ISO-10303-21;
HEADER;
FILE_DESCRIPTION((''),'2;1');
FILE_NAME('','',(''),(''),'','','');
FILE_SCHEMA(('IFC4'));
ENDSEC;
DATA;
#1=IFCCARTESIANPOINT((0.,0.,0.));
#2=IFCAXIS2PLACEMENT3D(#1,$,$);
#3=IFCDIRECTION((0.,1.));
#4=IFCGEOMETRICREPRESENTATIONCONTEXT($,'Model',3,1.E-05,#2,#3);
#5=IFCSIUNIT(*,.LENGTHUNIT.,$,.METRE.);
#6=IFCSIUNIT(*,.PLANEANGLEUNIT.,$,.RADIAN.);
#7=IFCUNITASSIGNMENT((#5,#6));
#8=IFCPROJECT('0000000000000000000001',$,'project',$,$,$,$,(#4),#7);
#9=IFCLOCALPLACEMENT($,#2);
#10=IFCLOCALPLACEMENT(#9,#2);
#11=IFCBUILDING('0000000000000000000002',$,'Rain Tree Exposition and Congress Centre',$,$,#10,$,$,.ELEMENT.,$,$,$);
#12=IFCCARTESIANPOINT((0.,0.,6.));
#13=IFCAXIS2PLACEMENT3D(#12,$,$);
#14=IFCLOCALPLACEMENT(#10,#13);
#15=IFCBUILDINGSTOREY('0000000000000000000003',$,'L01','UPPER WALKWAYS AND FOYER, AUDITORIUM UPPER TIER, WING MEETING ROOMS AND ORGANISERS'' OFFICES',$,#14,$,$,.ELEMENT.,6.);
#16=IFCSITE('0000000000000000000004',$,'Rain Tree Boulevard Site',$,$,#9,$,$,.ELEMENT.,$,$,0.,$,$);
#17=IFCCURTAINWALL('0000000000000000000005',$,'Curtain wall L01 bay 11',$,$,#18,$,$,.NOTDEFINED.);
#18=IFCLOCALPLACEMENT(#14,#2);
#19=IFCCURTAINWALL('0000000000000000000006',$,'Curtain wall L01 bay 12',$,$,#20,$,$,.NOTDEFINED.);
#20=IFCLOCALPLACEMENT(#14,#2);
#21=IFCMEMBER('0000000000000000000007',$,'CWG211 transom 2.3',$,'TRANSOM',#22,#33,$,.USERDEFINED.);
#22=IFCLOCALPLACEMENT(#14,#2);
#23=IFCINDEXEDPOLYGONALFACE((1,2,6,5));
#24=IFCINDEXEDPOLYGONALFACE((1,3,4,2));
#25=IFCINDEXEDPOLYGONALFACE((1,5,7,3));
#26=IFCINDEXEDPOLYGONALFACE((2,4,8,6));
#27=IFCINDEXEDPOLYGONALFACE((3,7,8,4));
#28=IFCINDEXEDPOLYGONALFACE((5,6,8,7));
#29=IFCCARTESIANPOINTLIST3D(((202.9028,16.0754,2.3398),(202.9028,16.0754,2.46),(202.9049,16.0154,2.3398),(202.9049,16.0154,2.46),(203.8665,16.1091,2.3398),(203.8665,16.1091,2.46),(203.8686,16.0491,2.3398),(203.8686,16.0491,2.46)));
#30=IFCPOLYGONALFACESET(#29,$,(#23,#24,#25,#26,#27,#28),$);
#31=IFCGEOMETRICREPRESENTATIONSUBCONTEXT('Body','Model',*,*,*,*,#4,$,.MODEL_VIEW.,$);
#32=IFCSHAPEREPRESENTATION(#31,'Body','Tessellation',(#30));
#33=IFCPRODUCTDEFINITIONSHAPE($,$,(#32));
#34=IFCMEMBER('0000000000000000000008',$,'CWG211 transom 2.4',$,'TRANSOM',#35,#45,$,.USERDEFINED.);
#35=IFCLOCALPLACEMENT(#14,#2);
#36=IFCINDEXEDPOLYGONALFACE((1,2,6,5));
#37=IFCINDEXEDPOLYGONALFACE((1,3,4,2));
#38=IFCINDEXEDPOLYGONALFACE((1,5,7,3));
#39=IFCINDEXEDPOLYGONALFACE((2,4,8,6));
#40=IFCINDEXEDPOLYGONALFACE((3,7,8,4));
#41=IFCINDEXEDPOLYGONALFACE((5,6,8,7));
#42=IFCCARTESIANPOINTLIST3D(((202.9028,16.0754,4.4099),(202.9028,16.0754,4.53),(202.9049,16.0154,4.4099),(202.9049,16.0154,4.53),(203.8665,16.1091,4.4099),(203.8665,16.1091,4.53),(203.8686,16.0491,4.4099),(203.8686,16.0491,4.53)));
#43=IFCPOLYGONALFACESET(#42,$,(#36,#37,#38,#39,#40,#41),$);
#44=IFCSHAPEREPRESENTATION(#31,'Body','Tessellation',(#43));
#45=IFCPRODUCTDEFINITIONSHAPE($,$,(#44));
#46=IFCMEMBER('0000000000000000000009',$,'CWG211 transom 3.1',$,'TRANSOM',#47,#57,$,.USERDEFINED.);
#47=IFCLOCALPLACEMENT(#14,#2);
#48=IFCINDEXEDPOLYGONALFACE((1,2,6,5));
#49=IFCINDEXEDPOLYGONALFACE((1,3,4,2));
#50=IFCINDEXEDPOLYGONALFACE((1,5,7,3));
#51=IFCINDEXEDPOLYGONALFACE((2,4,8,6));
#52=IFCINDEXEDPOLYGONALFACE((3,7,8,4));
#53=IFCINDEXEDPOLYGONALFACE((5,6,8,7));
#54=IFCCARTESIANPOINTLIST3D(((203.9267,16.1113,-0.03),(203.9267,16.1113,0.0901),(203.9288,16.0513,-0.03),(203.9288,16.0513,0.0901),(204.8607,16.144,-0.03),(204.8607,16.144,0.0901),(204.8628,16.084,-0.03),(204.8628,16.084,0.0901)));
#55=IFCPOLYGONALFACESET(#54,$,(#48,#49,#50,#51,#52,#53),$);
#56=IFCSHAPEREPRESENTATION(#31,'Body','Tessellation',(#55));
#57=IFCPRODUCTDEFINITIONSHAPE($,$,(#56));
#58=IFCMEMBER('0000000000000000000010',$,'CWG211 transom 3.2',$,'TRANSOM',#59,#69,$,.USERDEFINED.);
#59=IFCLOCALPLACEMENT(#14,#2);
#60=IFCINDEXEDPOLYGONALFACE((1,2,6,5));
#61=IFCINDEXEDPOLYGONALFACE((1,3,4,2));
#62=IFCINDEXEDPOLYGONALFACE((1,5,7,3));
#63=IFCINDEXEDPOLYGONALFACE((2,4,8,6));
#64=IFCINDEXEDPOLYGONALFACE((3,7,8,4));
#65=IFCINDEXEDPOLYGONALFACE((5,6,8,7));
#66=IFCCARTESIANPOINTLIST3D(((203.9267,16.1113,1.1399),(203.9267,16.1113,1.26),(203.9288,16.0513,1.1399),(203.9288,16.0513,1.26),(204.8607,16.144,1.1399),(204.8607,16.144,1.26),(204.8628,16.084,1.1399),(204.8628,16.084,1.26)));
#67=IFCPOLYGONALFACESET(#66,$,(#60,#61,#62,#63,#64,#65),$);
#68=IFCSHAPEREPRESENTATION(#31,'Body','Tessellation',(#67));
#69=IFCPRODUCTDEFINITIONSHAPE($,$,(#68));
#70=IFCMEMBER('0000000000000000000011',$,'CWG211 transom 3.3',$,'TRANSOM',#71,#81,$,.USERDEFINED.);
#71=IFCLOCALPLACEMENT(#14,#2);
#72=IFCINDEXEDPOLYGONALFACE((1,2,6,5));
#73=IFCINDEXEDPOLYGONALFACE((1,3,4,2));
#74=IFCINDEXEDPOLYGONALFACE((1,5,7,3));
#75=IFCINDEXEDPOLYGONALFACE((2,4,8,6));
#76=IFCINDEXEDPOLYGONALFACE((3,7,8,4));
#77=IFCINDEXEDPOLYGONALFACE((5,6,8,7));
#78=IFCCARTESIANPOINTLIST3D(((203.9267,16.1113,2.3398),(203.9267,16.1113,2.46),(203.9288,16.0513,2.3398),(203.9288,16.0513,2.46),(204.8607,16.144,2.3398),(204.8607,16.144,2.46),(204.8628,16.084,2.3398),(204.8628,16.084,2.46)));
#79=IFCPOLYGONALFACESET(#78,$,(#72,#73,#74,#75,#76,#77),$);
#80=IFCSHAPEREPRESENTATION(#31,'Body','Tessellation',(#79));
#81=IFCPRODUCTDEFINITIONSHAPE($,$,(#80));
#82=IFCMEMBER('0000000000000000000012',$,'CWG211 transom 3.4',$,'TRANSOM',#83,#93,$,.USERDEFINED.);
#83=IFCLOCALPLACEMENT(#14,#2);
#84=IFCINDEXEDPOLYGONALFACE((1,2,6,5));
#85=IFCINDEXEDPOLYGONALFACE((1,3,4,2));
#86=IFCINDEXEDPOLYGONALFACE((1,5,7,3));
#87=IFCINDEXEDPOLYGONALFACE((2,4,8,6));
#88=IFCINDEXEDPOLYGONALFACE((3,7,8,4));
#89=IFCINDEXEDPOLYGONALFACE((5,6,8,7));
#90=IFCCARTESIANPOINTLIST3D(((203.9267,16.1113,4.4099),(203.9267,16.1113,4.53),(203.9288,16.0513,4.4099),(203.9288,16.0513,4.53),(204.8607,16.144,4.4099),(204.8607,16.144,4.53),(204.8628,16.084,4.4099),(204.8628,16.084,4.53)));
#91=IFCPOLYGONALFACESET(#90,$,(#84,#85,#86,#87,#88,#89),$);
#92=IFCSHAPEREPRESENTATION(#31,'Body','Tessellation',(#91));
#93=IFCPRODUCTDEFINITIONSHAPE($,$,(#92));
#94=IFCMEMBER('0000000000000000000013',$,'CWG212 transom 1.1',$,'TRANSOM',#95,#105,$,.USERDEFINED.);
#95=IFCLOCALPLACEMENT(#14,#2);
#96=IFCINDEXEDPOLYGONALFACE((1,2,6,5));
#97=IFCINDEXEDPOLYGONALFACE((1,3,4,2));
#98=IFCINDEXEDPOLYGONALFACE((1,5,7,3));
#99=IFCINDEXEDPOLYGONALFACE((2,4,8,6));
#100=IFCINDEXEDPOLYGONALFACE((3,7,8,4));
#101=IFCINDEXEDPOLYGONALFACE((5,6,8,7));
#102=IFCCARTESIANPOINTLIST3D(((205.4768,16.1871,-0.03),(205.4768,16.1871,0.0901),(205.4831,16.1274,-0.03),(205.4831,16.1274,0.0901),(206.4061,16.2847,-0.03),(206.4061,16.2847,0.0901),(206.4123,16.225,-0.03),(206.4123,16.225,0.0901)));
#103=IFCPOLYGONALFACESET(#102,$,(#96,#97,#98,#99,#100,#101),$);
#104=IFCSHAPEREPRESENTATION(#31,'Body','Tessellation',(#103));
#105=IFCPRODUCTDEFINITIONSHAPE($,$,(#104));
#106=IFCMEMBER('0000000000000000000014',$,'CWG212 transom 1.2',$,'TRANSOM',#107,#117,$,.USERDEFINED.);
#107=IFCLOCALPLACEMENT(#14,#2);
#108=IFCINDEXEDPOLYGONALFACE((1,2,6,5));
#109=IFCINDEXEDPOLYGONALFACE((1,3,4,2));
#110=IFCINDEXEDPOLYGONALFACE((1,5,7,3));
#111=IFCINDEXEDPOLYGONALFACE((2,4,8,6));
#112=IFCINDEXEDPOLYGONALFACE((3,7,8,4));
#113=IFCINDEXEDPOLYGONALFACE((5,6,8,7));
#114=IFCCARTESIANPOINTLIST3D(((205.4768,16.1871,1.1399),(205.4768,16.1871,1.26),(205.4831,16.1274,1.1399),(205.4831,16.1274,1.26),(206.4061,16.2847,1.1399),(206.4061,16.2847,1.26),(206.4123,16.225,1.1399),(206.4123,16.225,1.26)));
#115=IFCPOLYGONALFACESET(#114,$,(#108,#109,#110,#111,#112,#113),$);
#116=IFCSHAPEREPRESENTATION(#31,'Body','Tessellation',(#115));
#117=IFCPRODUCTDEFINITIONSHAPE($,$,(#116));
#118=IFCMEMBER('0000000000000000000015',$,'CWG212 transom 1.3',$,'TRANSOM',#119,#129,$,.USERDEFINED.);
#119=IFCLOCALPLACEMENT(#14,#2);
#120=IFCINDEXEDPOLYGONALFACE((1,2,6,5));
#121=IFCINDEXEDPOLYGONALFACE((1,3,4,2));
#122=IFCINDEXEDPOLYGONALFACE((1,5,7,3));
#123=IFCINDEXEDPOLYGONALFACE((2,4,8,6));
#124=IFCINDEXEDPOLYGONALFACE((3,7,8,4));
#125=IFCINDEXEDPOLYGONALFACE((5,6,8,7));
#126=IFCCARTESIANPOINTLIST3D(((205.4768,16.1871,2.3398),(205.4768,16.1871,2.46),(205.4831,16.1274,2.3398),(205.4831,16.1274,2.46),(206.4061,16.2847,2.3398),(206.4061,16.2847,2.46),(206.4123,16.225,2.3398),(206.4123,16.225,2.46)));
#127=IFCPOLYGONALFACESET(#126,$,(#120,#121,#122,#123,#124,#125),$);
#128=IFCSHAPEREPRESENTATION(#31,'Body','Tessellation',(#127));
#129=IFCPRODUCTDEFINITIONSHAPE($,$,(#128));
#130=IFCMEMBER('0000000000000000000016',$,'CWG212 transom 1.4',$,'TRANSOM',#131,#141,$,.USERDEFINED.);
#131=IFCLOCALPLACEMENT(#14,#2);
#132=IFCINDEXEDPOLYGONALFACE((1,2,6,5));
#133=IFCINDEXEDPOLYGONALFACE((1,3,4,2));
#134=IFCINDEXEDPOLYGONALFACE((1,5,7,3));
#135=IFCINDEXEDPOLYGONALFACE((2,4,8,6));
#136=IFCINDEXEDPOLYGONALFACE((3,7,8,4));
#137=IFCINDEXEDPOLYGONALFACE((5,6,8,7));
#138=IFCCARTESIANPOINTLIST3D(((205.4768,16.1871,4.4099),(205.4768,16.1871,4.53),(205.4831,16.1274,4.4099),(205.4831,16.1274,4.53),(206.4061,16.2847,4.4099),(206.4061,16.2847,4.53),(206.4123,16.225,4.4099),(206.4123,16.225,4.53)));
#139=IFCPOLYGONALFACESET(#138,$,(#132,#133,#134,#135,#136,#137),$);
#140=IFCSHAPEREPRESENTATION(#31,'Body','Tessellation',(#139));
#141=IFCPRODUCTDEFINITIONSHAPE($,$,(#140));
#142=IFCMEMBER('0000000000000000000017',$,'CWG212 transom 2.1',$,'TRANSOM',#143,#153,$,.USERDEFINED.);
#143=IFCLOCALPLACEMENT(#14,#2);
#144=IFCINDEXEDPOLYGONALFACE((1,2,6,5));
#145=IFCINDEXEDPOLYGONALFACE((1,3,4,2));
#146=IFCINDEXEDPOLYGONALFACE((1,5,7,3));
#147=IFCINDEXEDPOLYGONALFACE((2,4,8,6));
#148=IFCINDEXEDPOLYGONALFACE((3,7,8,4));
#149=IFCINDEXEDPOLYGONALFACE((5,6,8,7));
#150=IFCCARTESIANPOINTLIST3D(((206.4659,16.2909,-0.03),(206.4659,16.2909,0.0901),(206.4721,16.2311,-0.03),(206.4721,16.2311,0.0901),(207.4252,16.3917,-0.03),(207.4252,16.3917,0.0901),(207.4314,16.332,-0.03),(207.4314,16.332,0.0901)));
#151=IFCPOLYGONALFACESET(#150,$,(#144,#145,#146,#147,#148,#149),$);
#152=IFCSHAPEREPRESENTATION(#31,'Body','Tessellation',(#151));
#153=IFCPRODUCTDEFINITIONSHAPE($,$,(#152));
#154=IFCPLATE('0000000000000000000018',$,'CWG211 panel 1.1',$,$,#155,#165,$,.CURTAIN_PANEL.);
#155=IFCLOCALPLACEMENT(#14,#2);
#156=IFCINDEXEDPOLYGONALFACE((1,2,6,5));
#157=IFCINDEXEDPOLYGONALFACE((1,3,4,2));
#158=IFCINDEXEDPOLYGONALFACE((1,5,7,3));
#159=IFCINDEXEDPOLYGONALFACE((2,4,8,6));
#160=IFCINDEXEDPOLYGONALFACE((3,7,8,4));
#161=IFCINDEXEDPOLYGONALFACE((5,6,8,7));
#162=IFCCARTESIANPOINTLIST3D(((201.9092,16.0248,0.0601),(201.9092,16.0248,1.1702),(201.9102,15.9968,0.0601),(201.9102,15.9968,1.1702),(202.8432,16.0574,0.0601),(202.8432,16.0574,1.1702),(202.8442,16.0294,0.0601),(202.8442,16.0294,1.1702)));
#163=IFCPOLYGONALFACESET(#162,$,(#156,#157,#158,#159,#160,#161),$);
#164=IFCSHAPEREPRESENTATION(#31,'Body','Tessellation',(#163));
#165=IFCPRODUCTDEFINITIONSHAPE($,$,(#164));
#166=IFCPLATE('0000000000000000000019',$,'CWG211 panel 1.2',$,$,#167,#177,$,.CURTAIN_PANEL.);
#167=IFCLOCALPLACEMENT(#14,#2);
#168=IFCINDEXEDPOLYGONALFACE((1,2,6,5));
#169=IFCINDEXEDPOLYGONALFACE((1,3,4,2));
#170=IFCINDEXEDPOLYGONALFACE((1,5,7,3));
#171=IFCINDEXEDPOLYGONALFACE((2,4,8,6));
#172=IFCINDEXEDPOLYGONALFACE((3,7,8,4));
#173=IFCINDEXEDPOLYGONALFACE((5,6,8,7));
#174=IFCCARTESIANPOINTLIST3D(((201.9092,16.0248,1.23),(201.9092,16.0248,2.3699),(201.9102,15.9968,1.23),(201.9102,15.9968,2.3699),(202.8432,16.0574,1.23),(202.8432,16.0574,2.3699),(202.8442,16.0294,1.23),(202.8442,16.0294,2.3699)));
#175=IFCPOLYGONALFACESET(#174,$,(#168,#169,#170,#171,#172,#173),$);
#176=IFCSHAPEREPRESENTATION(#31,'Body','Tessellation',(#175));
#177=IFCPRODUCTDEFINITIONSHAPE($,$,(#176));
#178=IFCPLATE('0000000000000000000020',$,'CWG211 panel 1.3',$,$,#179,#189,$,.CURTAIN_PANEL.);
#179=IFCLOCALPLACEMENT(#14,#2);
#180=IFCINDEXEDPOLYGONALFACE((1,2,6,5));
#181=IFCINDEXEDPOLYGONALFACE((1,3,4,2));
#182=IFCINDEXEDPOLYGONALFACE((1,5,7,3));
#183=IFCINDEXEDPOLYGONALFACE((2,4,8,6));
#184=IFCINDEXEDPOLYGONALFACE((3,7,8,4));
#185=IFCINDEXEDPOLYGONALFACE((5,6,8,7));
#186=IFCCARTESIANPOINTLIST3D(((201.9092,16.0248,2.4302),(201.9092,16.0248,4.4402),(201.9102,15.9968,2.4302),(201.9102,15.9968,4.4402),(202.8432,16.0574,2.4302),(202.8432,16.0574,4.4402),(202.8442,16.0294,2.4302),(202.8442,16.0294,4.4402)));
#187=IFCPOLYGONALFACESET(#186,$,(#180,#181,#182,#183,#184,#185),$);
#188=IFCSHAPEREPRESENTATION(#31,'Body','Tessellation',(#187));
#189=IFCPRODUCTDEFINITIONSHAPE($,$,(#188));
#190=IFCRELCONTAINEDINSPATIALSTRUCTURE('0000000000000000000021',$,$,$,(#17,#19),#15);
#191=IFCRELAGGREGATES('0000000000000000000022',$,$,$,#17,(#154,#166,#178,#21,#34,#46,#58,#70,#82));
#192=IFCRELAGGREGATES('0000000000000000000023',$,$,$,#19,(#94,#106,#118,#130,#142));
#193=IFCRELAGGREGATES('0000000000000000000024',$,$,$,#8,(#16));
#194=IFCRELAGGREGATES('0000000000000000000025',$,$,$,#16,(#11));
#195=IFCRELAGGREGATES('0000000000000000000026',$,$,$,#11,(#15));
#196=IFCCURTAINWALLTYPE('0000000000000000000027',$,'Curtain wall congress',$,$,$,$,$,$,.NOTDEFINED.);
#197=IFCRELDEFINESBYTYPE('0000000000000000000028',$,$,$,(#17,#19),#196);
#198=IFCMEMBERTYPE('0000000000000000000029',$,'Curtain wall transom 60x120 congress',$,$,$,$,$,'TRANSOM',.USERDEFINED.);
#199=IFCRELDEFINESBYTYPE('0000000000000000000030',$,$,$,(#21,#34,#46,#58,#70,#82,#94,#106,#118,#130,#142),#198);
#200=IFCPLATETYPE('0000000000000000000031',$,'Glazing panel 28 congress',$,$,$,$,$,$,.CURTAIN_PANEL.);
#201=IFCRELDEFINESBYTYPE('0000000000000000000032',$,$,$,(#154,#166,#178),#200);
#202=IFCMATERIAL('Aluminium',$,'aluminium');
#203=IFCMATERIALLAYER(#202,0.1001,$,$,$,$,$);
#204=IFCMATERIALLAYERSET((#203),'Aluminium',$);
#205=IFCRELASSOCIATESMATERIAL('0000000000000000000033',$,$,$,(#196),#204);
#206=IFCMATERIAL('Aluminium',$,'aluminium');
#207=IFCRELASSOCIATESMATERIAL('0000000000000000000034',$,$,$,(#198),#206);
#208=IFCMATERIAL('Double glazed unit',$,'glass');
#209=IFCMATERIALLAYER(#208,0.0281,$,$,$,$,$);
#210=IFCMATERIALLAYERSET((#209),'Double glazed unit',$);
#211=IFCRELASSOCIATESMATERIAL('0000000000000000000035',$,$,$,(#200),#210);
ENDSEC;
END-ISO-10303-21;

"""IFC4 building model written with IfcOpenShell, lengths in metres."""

from ifc_helpers import new_model, si_unit, direction, frame, origin, origin_2d, place, context, subcontext, project, spatial, rectangle, extrude, material, layer, layer_set, material_profile, profile_set, type_object, element, aggregate, save


model = new_model("IFC4")

# Units and contexts
model_context = context("Model", 3, precision=1e-05, world=origin(), true_north=direction((0.0, 1.0)))
body_context = subcontext(model_context, "Body", "Model", "MODEL_VIEW")
ifc_project = project(units=[si_unit("LENGTHUNIT", "METRE"), si_unit("PLANEANGLEUNIT", "RADIAN")], contexts=[model_context])

# Site, building, storey
site_placement = place(None, origin())
site = spatial("IfcSite", under=ifc_project, at=site_placement, Name="Rain Tree Boulevard Site", CompositionType="ELEMENT", RefElevation=0.0)
building_placement = place(site_placement, origin())
building = spatial("IfcBuilding", under=site, at=building_placement, Name="Rain Tree Exposition and Congress Centre", CompositionType="ELEMENT")
storey_placement = place(building_placement, frame((0.0, 0.0, 6.0)))
storey = spatial("IfcBuildingStorey", under=building, at=storey_placement, Name="L01", Description="UPPER WALKWAYS AND FOYER, AUDITORIUM UPPER TIER, WING MEETING ROOMS AND ORGANISERS' OFFICES", CompositionType="ELEMENT", Elevation=6.0)

# Curtain walls
ifc_material_1 = material(Name="Aluminium", Category="aluminium")
ifc_layer_1 = layer(ifc_material_1, 0.1001)
ifc_layer_set_1 = layer_set([ifc_layer_1], Name="Aluminium")
curtain_wall_type = type_object("IfcCurtainWallType", Name="Curtain wall congress", PredefinedType="NOTDEFINED", material=ifc_layer_set_1)
curtain_wall_1_placement = place(storey_placement, origin())
curtain_wall_1 = element("IfcCurtainWall", 1, at=curtain_wall_1_placement, inside=storey, type_object=curtain_wall_type, Name="Curtain wall L01 bay 11", PredefinedType="NOTDEFINED")
curtain_wall_2_placement = place(storey_placement, origin())
curtain_wall_2 = element("IfcCurtainWall", 2, at=curtain_wall_2_placement, inside=storey, type_object=curtain_wall_type, Name="Curtain wall L01 bay 12", PredefinedType="NOTDEFINED")

# Members
ifc_material_2 = material(Name="Aluminium", Category="aluminium")
ifc_material_profile_1 = material_profile(ifc_material_2, rectangle(XDim=0.0601, YDim=0.1201, at=origin_2d()), Name="AL 60x120")
ifc_profile_set_1 = profile_set([ifc_material_profile_1], Name="Aluminium")
member_type_1 = type_object("IfcMemberType", Name="Curtain wall transom 60x120 congress", ElementType="TRANSOM", PredefinedType="USERDEFINED", material=ifc_profile_set_1)
member_1_placement = place(storey_placement, frame((202.9038, 16.0454, 2.3999), z_axis=(0.99939, 0.034933, 0.0), x_axis=(-0.034933, 0.99939, 0.0)))
member_1 = element("IfcMember", 3, at=member_1_placement, type_object=member_type_1, Name="CWG211 transom 2.3", ObjectType="TRANSOM", PredefinedType="USERDEFINED", context=body_context, shape_type="SweptSolid", body=[
    extrude(rectangle(XDim=0.0601, YDim=0.1201, at=origin_2d()), origin(), (0.0, 0.0, 1.0), 0.9644),
])
member_2_placement = place(storey_placement, frame((202.9038, 16.0454, 4.47), z_axis=(0.99939, 0.034933, 0.0), x_axis=(-0.034933, 0.99939, 0.0)))
member_2 = element("IfcMember", 4, at=member_2_placement, type_object=member_type_1, Name="CWG211 transom 2.4", ObjectType="TRANSOM", PredefinedType="USERDEFINED", context=body_context, shape_type="SweptSolid", body=[
    extrude(rectangle(XDim=0.0601, YDim=0.1201, at=origin_2d()), origin(), (0.0, 0.0, 1.0), 0.9644),
])
member_3_placement = place(storey_placement, frame((203.9277, 16.0813, 0.03), z_axis=(0.999387, 0.035002, 0.0), x_axis=(-0.035002, 0.999387, 0.0)))
member_3 = element("IfcMember", 5, at=member_3_placement, type_object=member_type_1, Name="CWG211 transom 3.1", ObjectType="TRANSOM", PredefinedType="USERDEFINED", context=body_context, shape_type="SweptSolid", body=[
    extrude(rectangle(XDim=0.0601, YDim=0.1201, at=origin_2d()), origin(), (0.0, 0.0, 1.0), 0.9346),
])
member_4_placement = place(storey_placement, frame((203.9277, 16.0813, 1.2), z_axis=(0.999387, 0.035002, 0.0), x_axis=(-0.035002, 0.999387, 0.0)))
member_4 = element("IfcMember", 6, at=member_4_placement, type_object=member_type_1, Name="CWG211 transom 3.2", ObjectType="TRANSOM", PredefinedType="USERDEFINED", context=body_context, shape_type="SweptSolid", body=[
    extrude(rectangle(XDim=0.0601, YDim=0.1201, at=origin_2d()), origin(), (0.0, 0.0, 1.0), 0.9346),
])
member_5_placement = place(storey_placement, frame((203.9277, 16.0813, 2.3999), z_axis=(0.999387, 0.035002, 0.0), x_axis=(-0.035002, 0.999387, 0.0)))
member_5 = element("IfcMember", 7, at=member_5_placement, type_object=member_type_1, Name="CWG211 transom 3.3", ObjectType="TRANSOM", PredefinedType="USERDEFINED", context=body_context, shape_type="SweptSolid", body=[
    extrude(rectangle(XDim=0.0601, YDim=0.1201, at=origin_2d()), origin(), (0.0, 0.0, 1.0), 0.9346),
])
member_6_placement = place(storey_placement, frame((203.9277, 16.0813, 4.47), z_axis=(0.999387, 0.035002, 0.0), x_axis=(-0.035002, 0.999387, 0.0)))
member_6 = element("IfcMember", 8, at=member_6_placement, type_object=member_type_1, Name="CWG211 transom 3.4", ObjectType="TRANSOM", PredefinedType="USERDEFINED", context=body_context, shape_type="SweptSolid", body=[
    extrude(rectangle(XDim=0.0601, YDim=0.1201, at=origin_2d()), origin(), (0.0, 0.0, 1.0), 0.9346),
])
member_7_placement = place(storey_placement, frame((205.48, 16.1572, 0.03), z_axis=(0.994523, 0.104522, 0.0), x_axis=(-0.104522, 0.994523, 0.0)))
member_7 = element("IfcMember", 9, at=member_7_placement, type_object=member_type_1, Name="CWG212 transom 1.1", ObjectType="TRANSOM", PredefinedType="USERDEFINED", context=body_context, shape_type="SweptSolid", body=[
    extrude(rectangle(XDim=0.0601, YDim=0.1201, at=origin_2d()), origin(), (0.0, 0.0, 1.0), 0.9343),
])
member_8_placement = place(storey_placement, frame((205.48, 16.1572, 1.2), z_axis=(0.994523, 0.104522, 0.0), x_axis=(-0.104522, 0.994523, 0.0)))
member_8 = element("IfcMember", 10, at=member_8_placement, type_object=member_type_1, Name="CWG212 transom 1.2", ObjectType="TRANSOM", PredefinedType="USERDEFINED", context=body_context, shape_type="SweptSolid", body=[
    extrude(rectangle(XDim=0.0601, YDim=0.1201, at=origin_2d()), origin(), (0.0, 0.0, 1.0), 0.9343),
])
member_9_placement = place(storey_placement, frame((205.48, 16.1572, 2.3999), z_axis=(0.994523, 0.104522, 0.0), x_axis=(-0.104522, 0.994523, 0.0)))
member_9 = element("IfcMember", 11, at=member_9_placement, type_object=member_type_1, Name="CWG212 transom 1.3", ObjectType="TRANSOM", PredefinedType="USERDEFINED", context=body_context, shape_type="SweptSolid", body=[
    extrude(rectangle(XDim=0.0601, YDim=0.1201, at=origin_2d()), origin(), (0.0, 0.0, 1.0), 0.9343),
])
member_10_placement = place(storey_placement, frame((205.48, 16.1572, 4.47), z_axis=(0.994523, 0.104522, 0.0), x_axis=(-0.104522, 0.994523, 0.0)))
member_10 = element("IfcMember", 12, at=member_10_placement, type_object=member_type_1, Name="CWG212 transom 1.4", ObjectType="TRANSOM", PredefinedType="USERDEFINED", context=body_context, shape_type="SweptSolid", body=[
    extrude(rectangle(XDim=0.0601, YDim=0.1201, at=origin_2d()), origin(), (0.0, 0.0, 1.0), 0.9343),
])
member_11_placement = place(storey_placement, frame((206.469, 16.261, 0.03), z_axis=(0.994521, 0.10454, 0.0), x_axis=(-0.10454, 0.994521, 0.0)))
member_11 = element("IfcMember", 13, at=member_11_placement, type_object=member_type_1, Name="CWG212 transom 2.1", ObjectType="TRANSOM", PredefinedType="USERDEFINED", context=body_context, shape_type="SweptSolid", body=[
    extrude(rectangle(XDim=0.0601, YDim=0.1201, at=origin_2d()), origin(), (0.0, 0.0, 1.0), 0.9646),
])

# Plates
ifc_material_3 = material(Name="Double glazed unit", Category="glass")
ifc_layer_2 = layer(ifc_material_3, 0.0281)
ifc_layer_set_2 = layer_set([ifc_layer_2], Name="Double glazed unit")
plate_type = type_object("IfcPlateType", Name="Glazing panel 28 congress", PredefinedType="CURTAIN_PANEL", material=ifc_layer_set_2)
plate_1_placement = place(storey_placement, frame((202.3767, 16.0271, 0.0601), z_axis=(0.0, 0.0, 1.0), x_axis=(0.999391, 0.034908, 0.0)))
plate_1 = element("IfcPlate", 14, at=plate_1_placement, type_object=plate_type, Name="CWG211 panel 1.1", PredefinedType="CURTAIN_PANEL", context=body_context, shape_type="SweptSolid", body=[
    extrude(rectangle(XDim=0.9346, YDim=0.0281, at=origin_2d()), origin(), (0.0, 0.0, 1.0), 1.1101),
])
plate_2_placement = place(storey_placement, frame((202.3767, 16.0271, 1.23), z_axis=(0.0, 0.0, 1.0), x_axis=(0.999391, 0.034908, 0.0)))
plate_2 = element("IfcPlate", 15, at=plate_2_placement, type_object=plate_type, Name="CWG211 panel 1.2", PredefinedType="CURTAIN_PANEL", context=body_context, shape_type="SweptSolid", body=[
    extrude(rectangle(XDim=0.9346, YDim=0.0281, at=origin_2d()), origin(), (0.0, 0.0, 1.0), 1.1399),
])
plate_3_placement = place(storey_placement, frame((202.3767, 16.0271, 2.4302), z_axis=(0.0, 0.0, 1.0), x_axis=(0.999391, 0.034908, 0.0)))
plate_3 = element("IfcPlate", 16, at=plate_3_placement, type_object=plate_type, Name="CWG211 panel 1.3", PredefinedType="CURTAIN_PANEL", context=body_context, shape_type="SweptSolid", body=[
    extrude(rectangle(XDim=0.9346, YDim=0.0281, at=origin_2d()), origin(), (0.0, 0.0, 1.0), 2.01),
])
aggregate(curtain_wall_1, [plate_1, plate_2, plate_3, member_1, member_2, member_3, member_4, member_5, member_6])
aggregate(curtain_wall_2, [member_7, member_8, member_9, member_10, member_11])

save(model, "model.ifc")
